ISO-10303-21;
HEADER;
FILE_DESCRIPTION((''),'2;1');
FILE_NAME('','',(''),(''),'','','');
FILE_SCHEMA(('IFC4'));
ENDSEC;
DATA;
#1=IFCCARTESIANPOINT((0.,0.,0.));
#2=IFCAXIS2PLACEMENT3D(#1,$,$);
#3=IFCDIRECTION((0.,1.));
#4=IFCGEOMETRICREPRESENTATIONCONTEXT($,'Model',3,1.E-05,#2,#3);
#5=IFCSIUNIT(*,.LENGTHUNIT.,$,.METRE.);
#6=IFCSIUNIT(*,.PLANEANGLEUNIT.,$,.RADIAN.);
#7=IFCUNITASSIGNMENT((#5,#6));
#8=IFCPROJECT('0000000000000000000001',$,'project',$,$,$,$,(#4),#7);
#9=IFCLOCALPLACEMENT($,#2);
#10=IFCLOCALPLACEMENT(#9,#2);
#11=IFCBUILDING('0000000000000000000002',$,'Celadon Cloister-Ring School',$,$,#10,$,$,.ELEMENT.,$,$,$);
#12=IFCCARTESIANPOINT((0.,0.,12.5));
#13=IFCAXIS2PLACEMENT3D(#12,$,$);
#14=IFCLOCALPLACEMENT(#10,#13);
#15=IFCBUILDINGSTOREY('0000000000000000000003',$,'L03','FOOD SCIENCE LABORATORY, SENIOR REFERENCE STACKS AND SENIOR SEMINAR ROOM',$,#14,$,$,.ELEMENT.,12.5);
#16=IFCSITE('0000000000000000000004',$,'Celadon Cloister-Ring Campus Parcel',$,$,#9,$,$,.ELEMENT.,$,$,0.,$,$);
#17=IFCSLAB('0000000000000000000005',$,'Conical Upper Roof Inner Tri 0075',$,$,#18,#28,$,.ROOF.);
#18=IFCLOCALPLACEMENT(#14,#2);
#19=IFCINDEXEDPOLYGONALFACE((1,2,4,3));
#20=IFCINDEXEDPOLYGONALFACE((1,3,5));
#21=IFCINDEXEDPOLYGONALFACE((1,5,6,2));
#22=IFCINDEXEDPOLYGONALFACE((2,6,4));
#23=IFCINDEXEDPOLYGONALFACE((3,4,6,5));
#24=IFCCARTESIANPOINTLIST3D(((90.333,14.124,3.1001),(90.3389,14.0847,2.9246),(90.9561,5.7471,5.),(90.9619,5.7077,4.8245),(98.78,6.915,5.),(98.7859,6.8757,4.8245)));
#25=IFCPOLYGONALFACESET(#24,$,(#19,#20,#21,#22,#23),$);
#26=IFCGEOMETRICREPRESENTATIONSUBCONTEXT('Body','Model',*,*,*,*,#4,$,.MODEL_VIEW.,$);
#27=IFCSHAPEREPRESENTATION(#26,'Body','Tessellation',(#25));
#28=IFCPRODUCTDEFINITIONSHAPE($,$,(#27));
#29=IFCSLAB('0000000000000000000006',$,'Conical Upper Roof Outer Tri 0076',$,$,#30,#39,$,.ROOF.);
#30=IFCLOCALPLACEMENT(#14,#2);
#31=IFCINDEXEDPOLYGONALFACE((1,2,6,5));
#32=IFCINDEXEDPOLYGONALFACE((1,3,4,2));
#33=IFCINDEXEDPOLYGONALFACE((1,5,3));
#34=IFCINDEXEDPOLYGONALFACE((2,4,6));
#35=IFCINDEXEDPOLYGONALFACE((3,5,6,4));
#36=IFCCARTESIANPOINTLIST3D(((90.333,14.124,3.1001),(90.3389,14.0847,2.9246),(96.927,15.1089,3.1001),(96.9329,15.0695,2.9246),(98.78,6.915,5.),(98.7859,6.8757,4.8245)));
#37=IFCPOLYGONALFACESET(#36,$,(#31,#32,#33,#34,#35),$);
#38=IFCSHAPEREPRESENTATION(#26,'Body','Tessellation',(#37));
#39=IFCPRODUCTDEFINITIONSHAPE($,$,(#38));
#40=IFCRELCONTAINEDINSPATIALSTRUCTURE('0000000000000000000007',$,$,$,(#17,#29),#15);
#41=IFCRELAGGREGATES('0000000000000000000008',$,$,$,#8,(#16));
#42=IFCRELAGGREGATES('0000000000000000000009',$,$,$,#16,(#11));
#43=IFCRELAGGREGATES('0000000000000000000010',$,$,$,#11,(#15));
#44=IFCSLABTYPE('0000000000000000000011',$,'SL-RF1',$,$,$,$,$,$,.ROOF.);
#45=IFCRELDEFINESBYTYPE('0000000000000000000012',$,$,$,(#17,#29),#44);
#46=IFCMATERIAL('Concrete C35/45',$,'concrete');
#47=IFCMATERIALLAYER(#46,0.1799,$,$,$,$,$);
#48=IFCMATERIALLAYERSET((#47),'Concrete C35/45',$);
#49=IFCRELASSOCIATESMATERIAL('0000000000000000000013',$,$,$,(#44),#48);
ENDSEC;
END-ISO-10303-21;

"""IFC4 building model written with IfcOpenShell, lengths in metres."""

from ifc_helpers import new_model, si_unit, direction, frame, origin, place, context, subcontext, project, spatial, polyline, outline, extrude, material, layer, layer_set, type_object, element, save


model = new_model("IFC4")

# Units and contexts
model_context = context("Model", 3, precision=1e-05, world=origin(), true_north=direction((0.0, 1.0)))
body_context = subcontext(model_context, "Body", "Model", "MODEL_VIEW")
ifc_project = project(units=[si_unit("LENGTHUNIT", "METRE"), si_unit("PLANEANGLEUNIT", "RADIAN")], contexts=[model_context])

# Site, building, storey
site_placement = place(None, origin())
site = spatial("IfcSite", under=ifc_project, at=site_placement, Name="Celadon Cloister-Ring Campus Parcel", CompositionType="ELEMENT", RefElevation=0.0)
building_placement = place(site_placement, origin())
building = spatial("IfcBuilding", under=site, at=building_placement, Name="Celadon Cloister-Ring School", CompositionType="ELEMENT")
storey_placement = place(building_placement, frame((0.0, 0.0, 12.5)))
storey = spatial("IfcBuildingStorey", under=building, at=storey_placement, Name="L03", Description="FOOD SCIENCE LABORATORY, SENIOR REFERENCE STACKS AND SENIOR SEMINAR ROOM", CompositionType="ELEMENT", Elevation=12.5)

# Slabs
ifc_material_1 = material(Name="Concrete C35/45", Category="concrete")
ifc_layer_1 = layer(ifc_material_1, 0.1799)
ifc_layer_set_1 = layer_set([ifc_layer_1], Name="Concrete C35/45")
slab_type = type_object("IfcSlabType", Name="SL-RF1", PredefinedType="ROOF", material=ifc_layer_set_1)
slab_1_placement = place(storey_placement, frame((90.333, 14.124, 3.1001), z_axis=(-0.032656, 0.218755, 0.975233), x_axis=(0.072344, -0.972677, 0.220604)))
element("IfcSlab", 1, at=slab_1_placement, inside=storey, type_object=slab_type, Name="Conical Upper Roof Inner Tri 0075", PredefinedType="ROOF", context=body_context, shape_type="SweptSolid", body=[
    extrude(outline(polyline([(0.0, 0.0), (8.6123, 0.0), (8.0422, 7.8901), (0.0, 0.0)])), origin(), (0.0, 0.0, -1.0), 0.1799),
])
slab_2_placement = place(storey_placement, frame((90.333, 14.124, 3.1001), z_axis=(-0.03267, 0.218739, 0.975236), x_axis=(0.749755, -0.639867, 0.168635)))
element("IfcSlab", 2, at=slab_2_placement, inside=storey, type_object=slab_type, Name="Conical Upper Roof Outer Tri 0076", PredefinedType="ROOF", context=body_context, shape_type="SweptSolid", body=[
    extrude(outline(polyline([(0.0, 0.0), (11.2664, 0.0), (4.3137, 5.0836), (0.0, 0.0)])), origin(), (0.0, 0.0, -1.0), 0.1799),
])

save(model, "model.ifc")
